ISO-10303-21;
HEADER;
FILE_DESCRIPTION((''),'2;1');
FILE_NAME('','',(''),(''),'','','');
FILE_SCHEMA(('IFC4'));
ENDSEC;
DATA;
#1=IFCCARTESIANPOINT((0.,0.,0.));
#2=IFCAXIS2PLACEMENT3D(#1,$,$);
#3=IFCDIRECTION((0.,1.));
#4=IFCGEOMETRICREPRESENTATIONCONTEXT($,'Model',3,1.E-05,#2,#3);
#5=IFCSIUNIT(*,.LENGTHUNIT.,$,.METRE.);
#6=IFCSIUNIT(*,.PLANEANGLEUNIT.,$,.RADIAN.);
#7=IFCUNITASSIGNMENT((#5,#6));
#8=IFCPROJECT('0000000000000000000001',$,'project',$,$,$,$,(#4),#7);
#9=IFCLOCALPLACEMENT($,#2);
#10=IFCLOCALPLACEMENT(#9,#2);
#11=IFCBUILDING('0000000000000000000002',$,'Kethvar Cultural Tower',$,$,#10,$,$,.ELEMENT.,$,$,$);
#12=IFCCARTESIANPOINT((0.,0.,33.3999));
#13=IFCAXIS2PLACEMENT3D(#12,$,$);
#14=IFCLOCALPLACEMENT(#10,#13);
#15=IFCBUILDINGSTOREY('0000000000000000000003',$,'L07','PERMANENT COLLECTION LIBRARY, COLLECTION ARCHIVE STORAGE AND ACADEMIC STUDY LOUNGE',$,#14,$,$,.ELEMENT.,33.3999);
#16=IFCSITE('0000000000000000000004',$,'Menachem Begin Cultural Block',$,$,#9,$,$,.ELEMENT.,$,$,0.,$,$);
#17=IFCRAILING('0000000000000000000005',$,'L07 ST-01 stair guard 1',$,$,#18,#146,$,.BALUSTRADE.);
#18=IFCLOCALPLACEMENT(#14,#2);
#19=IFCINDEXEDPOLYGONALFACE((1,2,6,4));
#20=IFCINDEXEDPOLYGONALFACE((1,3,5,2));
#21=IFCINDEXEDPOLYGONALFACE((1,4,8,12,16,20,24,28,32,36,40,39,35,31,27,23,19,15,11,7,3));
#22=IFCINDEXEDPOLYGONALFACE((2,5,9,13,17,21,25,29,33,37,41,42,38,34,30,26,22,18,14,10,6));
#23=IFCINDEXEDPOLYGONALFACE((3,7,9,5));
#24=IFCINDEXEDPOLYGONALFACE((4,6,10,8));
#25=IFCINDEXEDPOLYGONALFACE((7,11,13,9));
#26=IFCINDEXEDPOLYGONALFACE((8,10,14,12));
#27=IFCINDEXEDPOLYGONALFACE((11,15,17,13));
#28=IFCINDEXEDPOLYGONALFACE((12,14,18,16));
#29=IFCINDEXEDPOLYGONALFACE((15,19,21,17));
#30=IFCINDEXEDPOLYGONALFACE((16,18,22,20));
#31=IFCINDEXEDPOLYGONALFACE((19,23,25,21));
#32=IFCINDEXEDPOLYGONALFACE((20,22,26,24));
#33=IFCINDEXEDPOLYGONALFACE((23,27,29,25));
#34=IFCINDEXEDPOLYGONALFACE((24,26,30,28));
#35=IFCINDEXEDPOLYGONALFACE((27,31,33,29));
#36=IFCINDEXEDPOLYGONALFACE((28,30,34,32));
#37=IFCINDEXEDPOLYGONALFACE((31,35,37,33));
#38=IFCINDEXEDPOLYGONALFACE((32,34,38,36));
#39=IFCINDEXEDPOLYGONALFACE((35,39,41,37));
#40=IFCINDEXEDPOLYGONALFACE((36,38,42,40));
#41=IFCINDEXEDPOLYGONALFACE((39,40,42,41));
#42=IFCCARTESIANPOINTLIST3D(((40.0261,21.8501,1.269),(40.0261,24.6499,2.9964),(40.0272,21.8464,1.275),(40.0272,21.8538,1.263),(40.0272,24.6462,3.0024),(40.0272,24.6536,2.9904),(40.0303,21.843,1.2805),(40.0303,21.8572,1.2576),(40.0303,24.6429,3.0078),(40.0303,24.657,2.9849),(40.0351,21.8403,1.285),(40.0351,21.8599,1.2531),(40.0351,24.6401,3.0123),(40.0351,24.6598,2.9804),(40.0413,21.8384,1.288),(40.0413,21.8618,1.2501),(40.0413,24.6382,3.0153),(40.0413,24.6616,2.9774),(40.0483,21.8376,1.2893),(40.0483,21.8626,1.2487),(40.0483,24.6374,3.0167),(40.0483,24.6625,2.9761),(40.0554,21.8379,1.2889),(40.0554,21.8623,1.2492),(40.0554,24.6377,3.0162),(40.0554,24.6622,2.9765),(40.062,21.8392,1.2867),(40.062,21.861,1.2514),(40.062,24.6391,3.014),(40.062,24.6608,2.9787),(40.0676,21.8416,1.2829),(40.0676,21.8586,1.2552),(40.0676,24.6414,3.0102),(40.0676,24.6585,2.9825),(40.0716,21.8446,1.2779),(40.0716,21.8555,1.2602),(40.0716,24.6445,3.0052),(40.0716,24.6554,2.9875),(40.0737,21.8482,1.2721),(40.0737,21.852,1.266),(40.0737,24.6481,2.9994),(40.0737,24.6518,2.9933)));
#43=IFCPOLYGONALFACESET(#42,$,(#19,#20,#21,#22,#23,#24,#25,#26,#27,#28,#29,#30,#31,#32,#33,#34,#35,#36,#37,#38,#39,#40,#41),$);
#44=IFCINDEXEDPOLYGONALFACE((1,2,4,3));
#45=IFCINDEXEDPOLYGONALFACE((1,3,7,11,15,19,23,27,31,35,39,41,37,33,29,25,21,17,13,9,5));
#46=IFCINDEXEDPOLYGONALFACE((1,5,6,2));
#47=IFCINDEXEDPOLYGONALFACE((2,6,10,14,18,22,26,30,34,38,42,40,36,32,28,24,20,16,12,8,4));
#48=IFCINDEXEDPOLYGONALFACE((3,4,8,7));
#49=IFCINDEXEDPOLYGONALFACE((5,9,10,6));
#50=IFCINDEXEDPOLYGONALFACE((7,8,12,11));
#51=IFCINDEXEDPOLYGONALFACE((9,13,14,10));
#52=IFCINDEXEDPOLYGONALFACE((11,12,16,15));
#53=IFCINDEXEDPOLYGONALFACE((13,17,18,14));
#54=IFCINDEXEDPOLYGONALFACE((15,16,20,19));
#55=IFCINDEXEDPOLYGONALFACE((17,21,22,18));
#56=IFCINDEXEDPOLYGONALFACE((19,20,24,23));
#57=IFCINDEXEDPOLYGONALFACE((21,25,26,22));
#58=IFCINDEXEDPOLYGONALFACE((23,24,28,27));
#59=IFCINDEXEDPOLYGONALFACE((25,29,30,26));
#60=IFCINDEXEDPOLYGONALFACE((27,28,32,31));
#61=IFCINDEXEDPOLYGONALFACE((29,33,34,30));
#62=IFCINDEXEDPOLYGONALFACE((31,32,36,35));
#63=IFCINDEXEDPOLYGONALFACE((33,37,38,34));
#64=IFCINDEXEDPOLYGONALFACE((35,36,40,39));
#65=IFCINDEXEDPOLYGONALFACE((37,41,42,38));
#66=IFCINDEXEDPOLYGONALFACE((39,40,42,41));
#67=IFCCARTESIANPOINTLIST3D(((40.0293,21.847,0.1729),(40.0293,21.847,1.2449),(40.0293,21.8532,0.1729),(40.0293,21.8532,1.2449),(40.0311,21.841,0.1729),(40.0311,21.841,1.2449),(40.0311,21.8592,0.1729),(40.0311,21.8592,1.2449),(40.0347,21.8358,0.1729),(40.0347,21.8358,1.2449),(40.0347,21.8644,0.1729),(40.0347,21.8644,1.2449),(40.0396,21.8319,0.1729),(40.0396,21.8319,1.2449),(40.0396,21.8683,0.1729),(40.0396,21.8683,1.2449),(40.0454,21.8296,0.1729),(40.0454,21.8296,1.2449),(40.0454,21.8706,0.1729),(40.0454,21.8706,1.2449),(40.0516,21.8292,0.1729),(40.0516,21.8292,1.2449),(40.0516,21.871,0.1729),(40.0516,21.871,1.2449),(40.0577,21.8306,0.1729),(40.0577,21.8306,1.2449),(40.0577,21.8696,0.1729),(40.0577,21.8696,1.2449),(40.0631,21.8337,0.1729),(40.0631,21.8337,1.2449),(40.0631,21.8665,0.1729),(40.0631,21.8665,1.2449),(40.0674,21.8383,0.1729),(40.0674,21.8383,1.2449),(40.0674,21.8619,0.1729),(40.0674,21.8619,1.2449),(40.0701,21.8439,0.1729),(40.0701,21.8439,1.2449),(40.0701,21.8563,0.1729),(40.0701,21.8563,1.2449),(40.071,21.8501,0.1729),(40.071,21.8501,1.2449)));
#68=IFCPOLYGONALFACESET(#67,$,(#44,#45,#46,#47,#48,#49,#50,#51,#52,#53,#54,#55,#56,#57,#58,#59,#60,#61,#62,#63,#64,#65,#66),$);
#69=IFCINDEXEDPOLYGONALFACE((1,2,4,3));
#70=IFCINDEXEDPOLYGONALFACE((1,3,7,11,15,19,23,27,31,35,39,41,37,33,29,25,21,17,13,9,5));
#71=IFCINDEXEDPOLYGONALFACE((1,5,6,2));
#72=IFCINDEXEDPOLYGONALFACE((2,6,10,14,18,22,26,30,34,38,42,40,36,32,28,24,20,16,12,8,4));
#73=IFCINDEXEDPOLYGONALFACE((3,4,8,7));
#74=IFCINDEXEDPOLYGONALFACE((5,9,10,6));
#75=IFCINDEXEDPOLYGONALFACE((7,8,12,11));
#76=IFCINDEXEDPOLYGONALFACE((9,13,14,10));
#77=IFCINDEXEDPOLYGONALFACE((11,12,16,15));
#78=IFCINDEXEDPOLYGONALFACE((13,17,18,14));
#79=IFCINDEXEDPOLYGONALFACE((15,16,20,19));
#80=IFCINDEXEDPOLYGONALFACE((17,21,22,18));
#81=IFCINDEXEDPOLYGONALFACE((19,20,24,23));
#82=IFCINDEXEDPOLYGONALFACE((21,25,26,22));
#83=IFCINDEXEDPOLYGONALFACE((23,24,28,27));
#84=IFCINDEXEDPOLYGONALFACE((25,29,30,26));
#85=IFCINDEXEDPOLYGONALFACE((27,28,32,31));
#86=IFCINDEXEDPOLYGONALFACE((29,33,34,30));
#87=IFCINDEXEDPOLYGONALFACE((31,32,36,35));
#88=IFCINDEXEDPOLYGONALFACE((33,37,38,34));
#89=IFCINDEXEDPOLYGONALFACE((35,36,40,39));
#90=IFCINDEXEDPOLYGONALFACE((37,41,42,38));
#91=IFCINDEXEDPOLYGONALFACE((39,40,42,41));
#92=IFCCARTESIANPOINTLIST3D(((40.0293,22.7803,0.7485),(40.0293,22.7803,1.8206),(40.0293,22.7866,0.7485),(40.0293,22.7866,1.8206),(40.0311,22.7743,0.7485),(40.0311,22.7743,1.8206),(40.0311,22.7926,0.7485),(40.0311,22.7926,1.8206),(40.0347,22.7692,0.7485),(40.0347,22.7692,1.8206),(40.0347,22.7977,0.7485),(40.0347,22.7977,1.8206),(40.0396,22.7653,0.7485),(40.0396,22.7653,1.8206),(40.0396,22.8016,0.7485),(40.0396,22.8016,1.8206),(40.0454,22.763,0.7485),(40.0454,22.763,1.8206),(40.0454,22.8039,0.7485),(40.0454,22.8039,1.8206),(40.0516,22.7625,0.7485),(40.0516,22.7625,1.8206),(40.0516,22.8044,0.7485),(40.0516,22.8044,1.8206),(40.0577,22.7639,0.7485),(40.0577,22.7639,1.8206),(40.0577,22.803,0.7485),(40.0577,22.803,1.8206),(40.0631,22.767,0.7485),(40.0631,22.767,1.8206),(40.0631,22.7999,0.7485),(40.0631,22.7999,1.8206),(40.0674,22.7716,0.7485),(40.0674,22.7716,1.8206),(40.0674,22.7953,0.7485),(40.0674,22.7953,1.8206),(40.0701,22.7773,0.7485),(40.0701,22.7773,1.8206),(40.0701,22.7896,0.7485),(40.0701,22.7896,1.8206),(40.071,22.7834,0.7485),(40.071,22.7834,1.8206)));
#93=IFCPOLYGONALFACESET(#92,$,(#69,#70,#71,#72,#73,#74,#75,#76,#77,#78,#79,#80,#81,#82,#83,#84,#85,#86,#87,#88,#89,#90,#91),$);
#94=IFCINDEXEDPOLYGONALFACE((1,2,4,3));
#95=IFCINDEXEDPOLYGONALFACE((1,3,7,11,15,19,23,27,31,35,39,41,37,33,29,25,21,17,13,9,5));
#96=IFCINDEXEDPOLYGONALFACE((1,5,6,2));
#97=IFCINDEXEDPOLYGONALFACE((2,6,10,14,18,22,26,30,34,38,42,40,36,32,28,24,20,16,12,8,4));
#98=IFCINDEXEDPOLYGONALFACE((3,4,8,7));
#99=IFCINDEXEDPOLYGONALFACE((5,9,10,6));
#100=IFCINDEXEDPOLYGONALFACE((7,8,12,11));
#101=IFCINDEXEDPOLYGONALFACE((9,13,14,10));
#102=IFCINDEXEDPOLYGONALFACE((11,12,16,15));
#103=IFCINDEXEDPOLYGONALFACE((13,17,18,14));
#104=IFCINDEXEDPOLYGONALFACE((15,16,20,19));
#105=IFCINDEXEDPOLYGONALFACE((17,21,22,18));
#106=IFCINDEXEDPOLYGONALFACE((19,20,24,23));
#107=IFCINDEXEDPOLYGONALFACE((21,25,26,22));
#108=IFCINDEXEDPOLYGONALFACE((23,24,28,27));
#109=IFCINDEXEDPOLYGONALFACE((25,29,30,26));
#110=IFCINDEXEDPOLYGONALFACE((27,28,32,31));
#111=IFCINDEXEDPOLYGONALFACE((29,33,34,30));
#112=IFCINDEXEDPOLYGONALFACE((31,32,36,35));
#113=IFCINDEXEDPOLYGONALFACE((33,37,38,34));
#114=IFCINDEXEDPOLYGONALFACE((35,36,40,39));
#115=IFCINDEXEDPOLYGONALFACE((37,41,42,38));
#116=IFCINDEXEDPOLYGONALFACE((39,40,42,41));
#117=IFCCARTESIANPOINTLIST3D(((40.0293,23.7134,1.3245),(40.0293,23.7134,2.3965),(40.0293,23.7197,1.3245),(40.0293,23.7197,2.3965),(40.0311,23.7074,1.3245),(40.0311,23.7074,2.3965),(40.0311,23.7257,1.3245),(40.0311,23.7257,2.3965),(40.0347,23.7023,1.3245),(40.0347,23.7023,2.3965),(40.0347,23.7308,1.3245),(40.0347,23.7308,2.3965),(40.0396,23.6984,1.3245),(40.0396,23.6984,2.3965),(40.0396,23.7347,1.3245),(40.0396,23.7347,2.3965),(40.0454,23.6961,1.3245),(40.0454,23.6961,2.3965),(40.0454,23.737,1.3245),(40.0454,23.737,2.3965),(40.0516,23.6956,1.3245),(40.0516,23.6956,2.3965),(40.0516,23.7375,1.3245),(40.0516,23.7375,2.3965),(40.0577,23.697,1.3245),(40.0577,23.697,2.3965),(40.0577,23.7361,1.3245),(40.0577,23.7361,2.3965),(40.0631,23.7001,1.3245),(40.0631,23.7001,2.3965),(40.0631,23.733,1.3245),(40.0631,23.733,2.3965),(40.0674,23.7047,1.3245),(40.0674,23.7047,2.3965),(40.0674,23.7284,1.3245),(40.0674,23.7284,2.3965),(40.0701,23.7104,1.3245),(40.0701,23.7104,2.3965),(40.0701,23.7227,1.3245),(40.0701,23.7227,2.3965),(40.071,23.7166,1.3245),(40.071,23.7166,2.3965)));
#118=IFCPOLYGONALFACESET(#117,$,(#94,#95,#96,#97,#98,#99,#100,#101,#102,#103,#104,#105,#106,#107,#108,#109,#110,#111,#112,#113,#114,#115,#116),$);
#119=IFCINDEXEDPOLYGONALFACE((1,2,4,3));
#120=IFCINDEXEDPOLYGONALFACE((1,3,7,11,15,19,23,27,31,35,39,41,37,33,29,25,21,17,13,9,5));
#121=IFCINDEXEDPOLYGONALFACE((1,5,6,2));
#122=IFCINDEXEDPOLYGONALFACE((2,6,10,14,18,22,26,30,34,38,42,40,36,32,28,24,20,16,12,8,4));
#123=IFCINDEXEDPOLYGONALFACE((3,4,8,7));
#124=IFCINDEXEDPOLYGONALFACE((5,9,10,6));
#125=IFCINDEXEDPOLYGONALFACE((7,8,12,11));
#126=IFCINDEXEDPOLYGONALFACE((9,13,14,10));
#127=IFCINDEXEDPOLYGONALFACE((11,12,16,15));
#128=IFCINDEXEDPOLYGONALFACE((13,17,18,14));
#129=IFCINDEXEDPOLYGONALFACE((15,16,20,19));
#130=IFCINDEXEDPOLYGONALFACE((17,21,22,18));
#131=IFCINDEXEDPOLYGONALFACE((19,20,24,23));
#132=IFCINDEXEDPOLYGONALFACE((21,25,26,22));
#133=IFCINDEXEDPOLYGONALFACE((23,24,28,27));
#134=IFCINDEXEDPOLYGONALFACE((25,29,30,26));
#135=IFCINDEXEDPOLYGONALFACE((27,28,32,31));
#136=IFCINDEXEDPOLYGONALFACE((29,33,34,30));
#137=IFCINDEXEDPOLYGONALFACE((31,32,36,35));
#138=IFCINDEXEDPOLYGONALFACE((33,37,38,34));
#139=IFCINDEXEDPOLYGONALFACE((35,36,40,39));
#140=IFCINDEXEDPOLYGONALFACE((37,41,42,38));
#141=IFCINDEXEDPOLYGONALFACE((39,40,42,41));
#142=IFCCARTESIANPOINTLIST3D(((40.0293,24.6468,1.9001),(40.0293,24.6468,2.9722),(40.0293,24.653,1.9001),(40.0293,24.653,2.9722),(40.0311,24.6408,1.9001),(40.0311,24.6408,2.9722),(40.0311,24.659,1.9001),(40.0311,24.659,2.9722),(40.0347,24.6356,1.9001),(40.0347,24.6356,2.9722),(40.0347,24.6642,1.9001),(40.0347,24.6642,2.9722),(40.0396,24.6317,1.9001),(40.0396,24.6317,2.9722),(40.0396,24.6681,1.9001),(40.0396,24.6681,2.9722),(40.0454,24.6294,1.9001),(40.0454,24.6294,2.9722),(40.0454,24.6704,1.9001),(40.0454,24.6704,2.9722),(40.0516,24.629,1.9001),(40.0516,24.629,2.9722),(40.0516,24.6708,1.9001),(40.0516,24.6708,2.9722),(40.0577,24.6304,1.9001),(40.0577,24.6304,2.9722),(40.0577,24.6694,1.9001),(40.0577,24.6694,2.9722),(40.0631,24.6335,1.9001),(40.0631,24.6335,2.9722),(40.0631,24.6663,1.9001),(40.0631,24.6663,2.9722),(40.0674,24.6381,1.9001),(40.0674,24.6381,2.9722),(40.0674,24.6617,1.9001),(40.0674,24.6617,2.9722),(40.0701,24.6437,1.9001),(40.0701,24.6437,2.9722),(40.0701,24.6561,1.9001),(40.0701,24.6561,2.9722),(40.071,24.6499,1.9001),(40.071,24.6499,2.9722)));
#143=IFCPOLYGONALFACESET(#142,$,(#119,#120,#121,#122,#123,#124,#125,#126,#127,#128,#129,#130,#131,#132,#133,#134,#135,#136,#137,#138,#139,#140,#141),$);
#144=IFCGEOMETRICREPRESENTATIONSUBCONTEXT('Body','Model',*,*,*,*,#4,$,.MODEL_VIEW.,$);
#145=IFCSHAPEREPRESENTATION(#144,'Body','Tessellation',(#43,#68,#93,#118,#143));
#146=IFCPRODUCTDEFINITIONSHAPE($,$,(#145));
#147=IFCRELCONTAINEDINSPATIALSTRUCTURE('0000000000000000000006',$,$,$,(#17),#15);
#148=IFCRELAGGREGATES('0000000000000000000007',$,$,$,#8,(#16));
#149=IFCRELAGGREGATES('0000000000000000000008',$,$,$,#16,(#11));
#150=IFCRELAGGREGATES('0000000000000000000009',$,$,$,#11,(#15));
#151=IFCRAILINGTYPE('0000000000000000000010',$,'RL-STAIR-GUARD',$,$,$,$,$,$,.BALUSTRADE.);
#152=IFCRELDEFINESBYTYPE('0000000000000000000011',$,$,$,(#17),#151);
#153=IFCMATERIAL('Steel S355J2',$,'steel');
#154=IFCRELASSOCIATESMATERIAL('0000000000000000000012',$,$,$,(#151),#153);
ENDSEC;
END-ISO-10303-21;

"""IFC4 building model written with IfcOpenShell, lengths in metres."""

from ifc_helpers import new_model, si_unit, direction, frame, origin, origin_2d, place, context, subcontext, project, spatial, circle, extrude, material, type_object, element, save


model = new_model("IFC4")

# Units and contexts
model_context = context("Model", 3, precision=1e-05, world=origin(), true_north=direction((0.0, 1.0)))
body_context = subcontext(model_context, "Body", "Model", "MODEL_VIEW")
ifc_project = project(units=[si_unit("LENGTHUNIT", "METRE"), si_unit("PLANEANGLEUNIT", "RADIAN")], contexts=[model_context])

# Site, building, storey
site_placement = place(None, origin())
site = spatial("IfcSite", under=ifc_project, at=site_placement, Name="Menachem Begin Cultural Block", CompositionType="ELEMENT", RefElevation=0.0)
building_placement = place(site_placement, origin())
building = spatial("IfcBuilding", under=site, at=building_placement, Name="Kethvar Cultural Tower", CompositionType="ELEMENT")
storey_placement = place(building_placement, frame((0.0, 0.0, 33.3999)))
storey = spatial("IfcBuildingStorey", under=building, at=storey_placement, Name="L07", Description="PERMANENT COLLECTION LIBRARY, COLLECTION ARCHIVE STORAGE AND ACADEMIC STUDY LOUNGE", CompositionType="ELEMENT", Elevation=33.3999)

# Shared definitions
ifc_material_1 = material(Name="Steel S355J2", Category="steel")

# Railing
railing_type_1 = type_object("IfcRailingType", Name="RL-STAIR-GUARD", PredefinedType="BALUSTRADE", material=ifc_material_1)
railing_1_placement = place(storey_placement, frame((40.05, 21.8501, 0.1729)))
element("IfcRailing", 1, at=railing_1_placement, inside=storey, type_object=railing_type_1, Name="L07 ST-01 stair guard 1", PredefinedType="BALUSTRADE", context=body_context, shape_type="SweptSolid", body=[
    extrude(circle(Radius=0.0239, at=origin_2d()), frame((0.0, 0.0, 1.0962), z_axis=(0.0, 0.851069, 0.525054), x_axis=(-1.0, 0.0, 0.0)), (0.0, 0.0, 1.0), 3.2898),
    extrude(circle(Radius=0.021, at=origin_2d()), origin(), (0.0, 0.0, 1.0), 1.072),
    extrude(circle(Radius=0.021, at=origin_2d()), frame((0.0, 0.9333, 0.5757)), (0.0, 0.0, 1.0), 1.072),
    extrude(circle(Radius=0.021, at=origin_2d()), frame((0.0, 1.8665, 1.1516)), (0.0, 0.0, 1.0), 1.072),
    extrude(circle(Radius=0.021, at=origin_2d()), frame((0.0, 2.7998, 1.7273)), (0.0, 0.0, 1.0), 1.072),
])

save(model, "model.ifc")
